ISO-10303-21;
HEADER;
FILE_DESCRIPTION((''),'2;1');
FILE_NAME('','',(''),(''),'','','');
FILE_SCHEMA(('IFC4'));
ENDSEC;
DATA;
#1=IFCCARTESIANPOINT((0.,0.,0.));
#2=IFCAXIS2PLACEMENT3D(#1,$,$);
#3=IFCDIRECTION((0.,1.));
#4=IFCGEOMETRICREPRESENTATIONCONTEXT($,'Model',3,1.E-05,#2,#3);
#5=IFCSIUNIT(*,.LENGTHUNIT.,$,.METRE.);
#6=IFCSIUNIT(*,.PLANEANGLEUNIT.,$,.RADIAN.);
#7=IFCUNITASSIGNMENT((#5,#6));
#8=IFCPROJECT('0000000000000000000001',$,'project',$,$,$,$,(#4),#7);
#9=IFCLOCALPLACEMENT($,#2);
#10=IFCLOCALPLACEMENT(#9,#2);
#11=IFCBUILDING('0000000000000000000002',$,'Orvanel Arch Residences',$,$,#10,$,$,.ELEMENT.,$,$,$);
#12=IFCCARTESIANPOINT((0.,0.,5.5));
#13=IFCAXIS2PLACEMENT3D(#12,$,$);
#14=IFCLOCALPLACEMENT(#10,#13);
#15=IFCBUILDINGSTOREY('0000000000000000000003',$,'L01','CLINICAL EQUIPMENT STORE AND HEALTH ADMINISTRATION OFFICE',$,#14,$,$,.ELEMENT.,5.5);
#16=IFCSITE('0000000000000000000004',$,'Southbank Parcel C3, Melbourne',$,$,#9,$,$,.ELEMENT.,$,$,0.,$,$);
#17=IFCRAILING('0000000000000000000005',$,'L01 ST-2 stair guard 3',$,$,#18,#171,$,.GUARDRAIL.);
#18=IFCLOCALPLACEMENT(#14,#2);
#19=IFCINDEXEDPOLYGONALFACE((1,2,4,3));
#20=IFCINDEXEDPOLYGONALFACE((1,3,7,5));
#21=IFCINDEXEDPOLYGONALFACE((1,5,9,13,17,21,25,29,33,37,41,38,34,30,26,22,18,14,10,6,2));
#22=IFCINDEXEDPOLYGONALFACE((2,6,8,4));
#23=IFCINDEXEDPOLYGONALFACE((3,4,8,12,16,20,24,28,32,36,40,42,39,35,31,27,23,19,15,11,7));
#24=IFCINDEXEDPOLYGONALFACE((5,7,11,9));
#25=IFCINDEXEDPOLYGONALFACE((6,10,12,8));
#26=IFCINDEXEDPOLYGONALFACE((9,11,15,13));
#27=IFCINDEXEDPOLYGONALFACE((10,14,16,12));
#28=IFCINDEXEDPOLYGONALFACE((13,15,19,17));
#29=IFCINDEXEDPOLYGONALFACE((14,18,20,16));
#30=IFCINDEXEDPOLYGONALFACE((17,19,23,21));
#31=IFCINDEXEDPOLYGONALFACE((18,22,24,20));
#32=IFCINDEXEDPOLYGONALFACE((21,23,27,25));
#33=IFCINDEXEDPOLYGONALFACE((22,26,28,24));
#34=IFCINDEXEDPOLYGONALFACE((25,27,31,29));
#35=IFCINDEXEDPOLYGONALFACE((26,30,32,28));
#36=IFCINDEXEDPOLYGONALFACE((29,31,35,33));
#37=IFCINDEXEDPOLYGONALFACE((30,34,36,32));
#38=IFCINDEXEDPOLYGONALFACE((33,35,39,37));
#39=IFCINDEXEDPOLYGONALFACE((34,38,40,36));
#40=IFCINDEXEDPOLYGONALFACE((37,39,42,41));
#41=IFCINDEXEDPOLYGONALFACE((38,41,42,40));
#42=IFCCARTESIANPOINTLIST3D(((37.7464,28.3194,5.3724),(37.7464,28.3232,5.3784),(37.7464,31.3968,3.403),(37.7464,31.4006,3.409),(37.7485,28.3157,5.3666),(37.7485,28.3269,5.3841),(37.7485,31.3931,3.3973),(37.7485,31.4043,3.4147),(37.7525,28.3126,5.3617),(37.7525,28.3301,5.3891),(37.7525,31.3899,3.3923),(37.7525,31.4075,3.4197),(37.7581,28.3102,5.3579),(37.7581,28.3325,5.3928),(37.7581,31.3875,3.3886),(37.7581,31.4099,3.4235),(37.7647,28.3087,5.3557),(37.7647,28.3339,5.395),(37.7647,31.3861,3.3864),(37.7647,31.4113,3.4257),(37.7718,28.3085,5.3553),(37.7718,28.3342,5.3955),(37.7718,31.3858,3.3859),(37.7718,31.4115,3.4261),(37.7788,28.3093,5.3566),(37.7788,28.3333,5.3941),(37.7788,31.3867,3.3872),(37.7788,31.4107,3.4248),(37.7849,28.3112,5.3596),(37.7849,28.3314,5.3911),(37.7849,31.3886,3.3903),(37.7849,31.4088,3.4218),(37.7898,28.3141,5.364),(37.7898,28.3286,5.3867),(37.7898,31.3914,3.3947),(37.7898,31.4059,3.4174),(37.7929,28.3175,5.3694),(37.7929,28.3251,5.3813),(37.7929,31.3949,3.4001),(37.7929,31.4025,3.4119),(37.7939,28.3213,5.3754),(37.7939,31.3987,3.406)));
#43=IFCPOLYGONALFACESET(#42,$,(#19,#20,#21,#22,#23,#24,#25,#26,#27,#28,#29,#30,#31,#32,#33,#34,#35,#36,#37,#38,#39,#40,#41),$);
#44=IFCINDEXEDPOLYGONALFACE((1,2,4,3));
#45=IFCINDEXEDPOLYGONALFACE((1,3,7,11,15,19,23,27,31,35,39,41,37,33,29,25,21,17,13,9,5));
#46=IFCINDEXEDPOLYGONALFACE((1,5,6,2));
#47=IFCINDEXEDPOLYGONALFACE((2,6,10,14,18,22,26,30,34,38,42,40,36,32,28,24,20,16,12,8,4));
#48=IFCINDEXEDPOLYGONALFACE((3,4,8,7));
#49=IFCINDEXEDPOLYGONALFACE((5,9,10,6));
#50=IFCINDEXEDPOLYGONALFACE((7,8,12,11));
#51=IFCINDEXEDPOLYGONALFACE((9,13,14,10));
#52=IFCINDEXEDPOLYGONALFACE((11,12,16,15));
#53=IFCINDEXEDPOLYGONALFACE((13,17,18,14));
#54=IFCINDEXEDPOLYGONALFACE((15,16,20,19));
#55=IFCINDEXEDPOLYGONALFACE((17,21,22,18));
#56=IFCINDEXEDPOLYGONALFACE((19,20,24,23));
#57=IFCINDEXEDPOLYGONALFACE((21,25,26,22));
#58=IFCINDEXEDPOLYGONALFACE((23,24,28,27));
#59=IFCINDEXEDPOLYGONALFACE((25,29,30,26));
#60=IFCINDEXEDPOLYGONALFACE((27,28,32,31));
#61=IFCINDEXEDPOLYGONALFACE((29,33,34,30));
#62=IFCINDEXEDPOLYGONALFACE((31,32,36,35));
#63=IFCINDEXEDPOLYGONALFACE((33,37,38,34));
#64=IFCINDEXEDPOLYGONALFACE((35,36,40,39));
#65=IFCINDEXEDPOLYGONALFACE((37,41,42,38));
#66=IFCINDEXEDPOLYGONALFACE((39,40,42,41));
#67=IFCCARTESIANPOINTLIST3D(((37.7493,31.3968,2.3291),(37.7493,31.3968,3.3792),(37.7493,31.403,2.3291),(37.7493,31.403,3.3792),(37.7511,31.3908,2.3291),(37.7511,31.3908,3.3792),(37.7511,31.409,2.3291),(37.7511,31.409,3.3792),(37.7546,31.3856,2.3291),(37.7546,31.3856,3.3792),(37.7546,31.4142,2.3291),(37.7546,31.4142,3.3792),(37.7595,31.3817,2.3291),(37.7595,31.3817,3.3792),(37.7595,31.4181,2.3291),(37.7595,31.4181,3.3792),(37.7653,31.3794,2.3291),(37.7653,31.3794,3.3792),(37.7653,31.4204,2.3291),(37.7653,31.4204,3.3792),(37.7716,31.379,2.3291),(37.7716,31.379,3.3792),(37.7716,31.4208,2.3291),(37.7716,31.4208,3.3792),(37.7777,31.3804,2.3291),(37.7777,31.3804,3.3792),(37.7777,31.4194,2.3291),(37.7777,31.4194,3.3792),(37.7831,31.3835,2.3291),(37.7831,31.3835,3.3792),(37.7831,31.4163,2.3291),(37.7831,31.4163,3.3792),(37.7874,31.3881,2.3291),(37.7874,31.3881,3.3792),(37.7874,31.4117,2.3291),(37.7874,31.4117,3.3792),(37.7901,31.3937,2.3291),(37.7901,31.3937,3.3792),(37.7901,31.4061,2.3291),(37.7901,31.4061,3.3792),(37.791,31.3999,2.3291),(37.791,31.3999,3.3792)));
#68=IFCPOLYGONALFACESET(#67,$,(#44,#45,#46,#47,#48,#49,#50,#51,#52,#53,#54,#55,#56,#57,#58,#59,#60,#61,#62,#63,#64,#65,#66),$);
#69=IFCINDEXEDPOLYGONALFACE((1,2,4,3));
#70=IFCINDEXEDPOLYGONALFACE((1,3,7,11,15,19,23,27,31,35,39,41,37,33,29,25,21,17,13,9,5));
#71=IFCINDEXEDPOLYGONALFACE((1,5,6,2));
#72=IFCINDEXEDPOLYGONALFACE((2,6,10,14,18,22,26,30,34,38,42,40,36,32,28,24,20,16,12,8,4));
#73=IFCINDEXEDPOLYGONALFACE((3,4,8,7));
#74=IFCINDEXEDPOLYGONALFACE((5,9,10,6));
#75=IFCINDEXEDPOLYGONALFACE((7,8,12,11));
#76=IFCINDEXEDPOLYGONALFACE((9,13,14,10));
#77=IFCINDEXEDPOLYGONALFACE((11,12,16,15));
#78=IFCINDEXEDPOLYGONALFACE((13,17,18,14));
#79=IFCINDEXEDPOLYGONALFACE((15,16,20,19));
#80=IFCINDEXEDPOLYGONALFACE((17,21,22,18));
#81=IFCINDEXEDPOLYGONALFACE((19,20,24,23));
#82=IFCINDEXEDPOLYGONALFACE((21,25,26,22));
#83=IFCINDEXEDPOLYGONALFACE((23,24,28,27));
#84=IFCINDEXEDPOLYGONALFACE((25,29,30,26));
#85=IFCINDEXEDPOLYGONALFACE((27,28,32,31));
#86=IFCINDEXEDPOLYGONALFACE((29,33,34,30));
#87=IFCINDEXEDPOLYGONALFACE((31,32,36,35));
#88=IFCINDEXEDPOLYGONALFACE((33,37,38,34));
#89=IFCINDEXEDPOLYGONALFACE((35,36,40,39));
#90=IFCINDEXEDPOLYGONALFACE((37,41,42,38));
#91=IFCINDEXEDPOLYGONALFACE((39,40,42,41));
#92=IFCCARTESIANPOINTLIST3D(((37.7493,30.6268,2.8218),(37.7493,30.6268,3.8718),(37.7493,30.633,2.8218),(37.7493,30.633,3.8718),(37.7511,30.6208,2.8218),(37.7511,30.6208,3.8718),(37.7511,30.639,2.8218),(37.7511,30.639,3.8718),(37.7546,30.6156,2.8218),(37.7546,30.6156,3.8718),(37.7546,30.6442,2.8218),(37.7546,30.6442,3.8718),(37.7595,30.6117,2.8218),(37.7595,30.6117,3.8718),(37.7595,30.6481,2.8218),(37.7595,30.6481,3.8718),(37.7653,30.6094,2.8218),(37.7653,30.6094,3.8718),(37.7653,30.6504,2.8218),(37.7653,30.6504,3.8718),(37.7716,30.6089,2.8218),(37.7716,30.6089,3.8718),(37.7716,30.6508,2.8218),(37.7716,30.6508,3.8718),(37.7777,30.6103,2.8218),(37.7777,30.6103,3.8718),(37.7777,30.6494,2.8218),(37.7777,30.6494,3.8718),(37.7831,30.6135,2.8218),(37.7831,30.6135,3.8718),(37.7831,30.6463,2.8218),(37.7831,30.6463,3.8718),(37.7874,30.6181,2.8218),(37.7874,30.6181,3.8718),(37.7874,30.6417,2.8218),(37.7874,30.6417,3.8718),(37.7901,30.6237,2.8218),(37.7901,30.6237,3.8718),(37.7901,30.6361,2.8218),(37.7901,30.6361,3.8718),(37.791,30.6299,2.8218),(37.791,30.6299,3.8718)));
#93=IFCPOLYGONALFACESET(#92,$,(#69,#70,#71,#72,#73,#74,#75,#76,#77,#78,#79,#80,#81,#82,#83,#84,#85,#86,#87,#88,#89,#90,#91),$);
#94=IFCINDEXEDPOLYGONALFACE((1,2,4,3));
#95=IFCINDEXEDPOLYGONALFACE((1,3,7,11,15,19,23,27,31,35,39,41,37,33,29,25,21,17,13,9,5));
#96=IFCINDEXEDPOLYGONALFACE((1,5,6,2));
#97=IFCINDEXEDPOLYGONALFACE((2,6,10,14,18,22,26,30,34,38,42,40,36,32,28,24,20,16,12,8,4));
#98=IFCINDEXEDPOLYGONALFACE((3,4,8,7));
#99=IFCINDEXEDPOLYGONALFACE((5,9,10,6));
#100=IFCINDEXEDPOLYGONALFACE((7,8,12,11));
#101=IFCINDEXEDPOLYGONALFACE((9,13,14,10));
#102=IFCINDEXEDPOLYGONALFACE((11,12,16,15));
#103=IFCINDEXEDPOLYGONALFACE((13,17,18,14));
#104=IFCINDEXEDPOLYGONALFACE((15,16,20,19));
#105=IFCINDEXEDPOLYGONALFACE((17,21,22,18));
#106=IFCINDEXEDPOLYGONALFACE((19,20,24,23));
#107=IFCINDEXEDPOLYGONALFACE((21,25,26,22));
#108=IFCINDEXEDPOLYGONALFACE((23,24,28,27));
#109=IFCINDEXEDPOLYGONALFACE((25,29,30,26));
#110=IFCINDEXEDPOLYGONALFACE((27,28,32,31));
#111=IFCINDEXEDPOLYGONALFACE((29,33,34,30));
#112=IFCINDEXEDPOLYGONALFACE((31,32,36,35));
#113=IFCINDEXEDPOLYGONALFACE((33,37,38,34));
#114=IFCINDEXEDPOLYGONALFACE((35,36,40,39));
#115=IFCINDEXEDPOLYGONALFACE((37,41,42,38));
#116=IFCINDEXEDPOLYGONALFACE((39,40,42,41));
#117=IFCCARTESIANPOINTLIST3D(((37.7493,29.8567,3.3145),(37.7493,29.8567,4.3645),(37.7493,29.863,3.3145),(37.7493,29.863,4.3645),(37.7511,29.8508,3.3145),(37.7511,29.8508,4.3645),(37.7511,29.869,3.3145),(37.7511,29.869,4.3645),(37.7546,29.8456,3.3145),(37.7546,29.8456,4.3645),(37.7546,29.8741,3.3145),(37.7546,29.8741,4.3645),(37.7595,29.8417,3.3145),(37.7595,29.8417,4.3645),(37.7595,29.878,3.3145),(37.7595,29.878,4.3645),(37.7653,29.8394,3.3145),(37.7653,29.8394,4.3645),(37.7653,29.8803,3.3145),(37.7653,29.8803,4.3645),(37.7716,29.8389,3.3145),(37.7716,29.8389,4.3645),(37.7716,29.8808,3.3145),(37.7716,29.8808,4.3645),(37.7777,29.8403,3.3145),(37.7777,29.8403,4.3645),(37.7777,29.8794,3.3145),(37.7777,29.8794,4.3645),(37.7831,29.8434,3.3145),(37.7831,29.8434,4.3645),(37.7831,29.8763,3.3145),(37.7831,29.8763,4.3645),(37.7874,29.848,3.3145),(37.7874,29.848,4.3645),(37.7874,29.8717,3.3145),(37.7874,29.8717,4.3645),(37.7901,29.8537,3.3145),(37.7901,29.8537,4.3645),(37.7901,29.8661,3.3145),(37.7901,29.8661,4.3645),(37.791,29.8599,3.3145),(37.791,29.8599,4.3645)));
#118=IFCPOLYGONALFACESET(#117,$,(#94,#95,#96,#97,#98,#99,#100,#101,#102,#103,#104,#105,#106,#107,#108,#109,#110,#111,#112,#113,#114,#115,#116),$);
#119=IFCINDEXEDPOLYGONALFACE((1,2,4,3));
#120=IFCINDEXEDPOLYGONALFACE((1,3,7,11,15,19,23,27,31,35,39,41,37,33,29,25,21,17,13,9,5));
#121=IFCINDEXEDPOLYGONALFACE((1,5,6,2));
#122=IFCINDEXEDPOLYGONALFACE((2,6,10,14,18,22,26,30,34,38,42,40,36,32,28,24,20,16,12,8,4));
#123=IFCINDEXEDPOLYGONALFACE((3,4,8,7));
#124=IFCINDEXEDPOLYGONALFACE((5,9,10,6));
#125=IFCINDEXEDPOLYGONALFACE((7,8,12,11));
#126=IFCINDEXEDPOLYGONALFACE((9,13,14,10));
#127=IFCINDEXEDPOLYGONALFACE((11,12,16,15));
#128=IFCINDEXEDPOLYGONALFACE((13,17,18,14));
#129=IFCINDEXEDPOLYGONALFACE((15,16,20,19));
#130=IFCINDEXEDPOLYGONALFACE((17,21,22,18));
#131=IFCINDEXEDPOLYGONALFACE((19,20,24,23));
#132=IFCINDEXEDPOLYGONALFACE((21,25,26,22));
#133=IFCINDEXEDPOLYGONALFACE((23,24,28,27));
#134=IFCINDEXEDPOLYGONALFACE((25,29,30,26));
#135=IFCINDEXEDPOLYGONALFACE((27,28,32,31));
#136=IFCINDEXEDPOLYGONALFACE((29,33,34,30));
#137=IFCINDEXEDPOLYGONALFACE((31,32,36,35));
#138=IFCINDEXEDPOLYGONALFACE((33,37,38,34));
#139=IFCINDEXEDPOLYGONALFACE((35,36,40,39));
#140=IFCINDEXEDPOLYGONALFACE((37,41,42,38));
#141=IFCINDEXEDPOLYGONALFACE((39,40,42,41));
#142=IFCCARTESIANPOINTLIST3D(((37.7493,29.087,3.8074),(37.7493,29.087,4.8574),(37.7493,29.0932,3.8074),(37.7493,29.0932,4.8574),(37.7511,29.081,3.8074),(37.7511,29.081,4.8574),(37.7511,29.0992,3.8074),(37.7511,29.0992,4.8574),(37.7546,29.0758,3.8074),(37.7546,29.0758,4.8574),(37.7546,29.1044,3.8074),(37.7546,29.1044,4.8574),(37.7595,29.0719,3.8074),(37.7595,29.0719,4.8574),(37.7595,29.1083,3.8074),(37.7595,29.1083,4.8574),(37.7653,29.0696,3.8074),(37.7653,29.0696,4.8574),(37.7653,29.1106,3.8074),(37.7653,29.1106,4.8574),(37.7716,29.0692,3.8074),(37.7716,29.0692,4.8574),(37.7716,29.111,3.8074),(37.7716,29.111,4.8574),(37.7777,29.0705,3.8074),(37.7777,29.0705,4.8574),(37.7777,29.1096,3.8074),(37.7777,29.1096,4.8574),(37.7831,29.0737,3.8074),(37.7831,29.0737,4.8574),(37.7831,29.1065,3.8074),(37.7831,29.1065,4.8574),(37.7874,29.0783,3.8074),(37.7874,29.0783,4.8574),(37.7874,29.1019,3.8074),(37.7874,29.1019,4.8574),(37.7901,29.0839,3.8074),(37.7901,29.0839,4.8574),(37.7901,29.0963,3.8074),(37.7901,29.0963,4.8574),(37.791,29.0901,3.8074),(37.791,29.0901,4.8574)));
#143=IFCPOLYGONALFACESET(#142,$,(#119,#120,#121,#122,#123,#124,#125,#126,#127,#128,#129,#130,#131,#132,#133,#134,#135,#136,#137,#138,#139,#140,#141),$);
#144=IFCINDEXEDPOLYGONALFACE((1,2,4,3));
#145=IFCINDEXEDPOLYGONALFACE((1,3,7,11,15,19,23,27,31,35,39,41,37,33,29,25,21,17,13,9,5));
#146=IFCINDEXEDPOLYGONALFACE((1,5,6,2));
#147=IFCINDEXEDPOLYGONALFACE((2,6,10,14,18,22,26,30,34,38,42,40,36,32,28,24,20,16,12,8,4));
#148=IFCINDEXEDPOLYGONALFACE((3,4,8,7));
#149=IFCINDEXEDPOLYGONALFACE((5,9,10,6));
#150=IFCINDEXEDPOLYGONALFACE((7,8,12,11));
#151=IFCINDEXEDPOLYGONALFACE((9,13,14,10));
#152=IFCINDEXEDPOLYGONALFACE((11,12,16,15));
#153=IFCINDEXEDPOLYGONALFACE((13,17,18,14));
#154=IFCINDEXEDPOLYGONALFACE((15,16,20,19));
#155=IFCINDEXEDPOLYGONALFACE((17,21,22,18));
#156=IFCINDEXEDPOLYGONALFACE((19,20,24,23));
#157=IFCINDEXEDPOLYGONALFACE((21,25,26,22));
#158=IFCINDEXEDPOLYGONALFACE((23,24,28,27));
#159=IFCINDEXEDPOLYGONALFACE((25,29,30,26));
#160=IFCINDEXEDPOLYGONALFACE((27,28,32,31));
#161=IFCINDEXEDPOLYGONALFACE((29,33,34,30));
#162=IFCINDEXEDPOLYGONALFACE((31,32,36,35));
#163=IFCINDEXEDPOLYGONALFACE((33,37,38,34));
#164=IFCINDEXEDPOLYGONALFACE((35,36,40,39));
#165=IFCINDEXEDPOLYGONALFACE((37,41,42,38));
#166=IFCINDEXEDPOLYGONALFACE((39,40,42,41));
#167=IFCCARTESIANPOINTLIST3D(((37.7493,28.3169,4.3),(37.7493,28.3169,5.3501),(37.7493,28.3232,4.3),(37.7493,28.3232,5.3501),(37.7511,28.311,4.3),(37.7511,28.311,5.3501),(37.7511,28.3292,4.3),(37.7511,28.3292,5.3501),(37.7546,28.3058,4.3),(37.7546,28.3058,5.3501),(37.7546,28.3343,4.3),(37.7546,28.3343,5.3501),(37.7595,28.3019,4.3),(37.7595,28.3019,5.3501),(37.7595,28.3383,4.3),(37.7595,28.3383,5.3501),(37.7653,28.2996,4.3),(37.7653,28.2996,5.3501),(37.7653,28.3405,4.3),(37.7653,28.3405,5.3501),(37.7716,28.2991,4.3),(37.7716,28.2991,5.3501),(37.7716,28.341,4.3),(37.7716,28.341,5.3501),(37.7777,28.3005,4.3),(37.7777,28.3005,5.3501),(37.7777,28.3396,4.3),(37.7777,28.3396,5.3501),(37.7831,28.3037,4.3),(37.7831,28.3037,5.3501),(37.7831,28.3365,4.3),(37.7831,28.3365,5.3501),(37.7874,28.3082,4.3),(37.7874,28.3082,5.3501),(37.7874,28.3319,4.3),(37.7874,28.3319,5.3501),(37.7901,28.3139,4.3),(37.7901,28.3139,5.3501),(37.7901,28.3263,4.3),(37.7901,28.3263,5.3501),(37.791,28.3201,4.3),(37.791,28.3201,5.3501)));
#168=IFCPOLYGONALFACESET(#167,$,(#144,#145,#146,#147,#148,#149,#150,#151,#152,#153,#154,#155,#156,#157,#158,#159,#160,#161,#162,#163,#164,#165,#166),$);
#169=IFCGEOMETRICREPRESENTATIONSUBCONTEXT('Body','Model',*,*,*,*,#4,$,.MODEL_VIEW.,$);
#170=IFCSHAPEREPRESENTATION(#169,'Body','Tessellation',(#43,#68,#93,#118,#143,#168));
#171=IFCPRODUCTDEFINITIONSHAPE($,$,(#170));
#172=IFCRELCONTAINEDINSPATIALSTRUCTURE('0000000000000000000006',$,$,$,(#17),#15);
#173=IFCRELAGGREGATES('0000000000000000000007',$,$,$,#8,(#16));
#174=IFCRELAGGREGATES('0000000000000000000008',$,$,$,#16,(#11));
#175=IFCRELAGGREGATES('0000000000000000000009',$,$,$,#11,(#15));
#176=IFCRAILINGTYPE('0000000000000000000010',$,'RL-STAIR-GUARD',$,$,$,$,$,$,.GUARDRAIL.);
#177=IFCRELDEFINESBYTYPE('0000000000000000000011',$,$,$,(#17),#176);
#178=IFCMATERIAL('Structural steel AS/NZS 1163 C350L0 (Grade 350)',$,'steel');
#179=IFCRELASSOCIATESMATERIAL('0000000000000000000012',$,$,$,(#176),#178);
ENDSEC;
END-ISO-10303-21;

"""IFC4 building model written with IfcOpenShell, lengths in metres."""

from ifc_helpers import new_model, si_unit, direction, frame, origin, origin_2d, place, context, subcontext, project, spatial, circle, extrude, material, type_object, element, save


model = new_model("IFC4")

# Units and contexts
model_context = context("Model", 3, precision=1e-05, world=origin(), true_north=direction((0.0, 1.0)))
body_context = subcontext(model_context, "Body", "Model", "MODEL_VIEW")
ifc_project = project(units=[si_unit("LENGTHUNIT", "METRE"), si_unit("PLANEANGLEUNIT", "RADIAN")], contexts=[model_context])

# Site, building, storey
site_placement = place(None, origin())
site = spatial("IfcSite", under=ifc_project, at=site_placement, Name="Southbank Parcel C3, Melbourne", CompositionType="ELEMENT", RefElevation=0.0)
building_placement = place(site_placement, origin())
building = spatial("IfcBuilding", under=site, at=building_placement, Name="Orvanel Arch Residences", CompositionType="ELEMENT")
storey_placement = place(building_placement, frame((0.0, 0.0, 5.5)))
storey = spatial("IfcBuildingStorey", under=building, at=storey_placement, Name="L01", Description="CLINICAL EQUIPMENT STORE AND HEALTH ADMINISTRATION OFFICE", CompositionType="ELEMENT", Elevation=5.5)

# Railing
ifc_material_1 = material(Name="Structural steel AS/NZS 1163 C350L0 (Grade 350)", Category="steel")
railing_type_1 = type_object("IfcRailingType", Name="RL-STAIR-GUARD", PredefinedType="GUARDRAIL", material=ifc_material_1)
railing_1_placement = place(storey_placement, frame((37.77, 31.3999, 2.3291)))
element("IfcRailing", 1, at=railing_1_placement, inside=storey, type_object=railing_type_1, Name="L01 ST-2 stair guard 3", PredefinedType="GUARDRAIL", context=body_context, shape_type="SweptSolid", body=[
    extrude(circle(Radius=0.0239, at=origin_2d()), frame((0.0, -0.0012, 1.0769), z_axis=(0.0, -0.84229, 0.539025), x_axis=(1.0, 0.0, 0.0)), (0.0, 0.0, 1.0), 3.6536),
    extrude(circle(Radius=0.021, at=origin_2d()), origin(), (0.0, 0.0, 1.0), 1.05),
    extrude(circle(Radius=0.021, at=origin_2d()), frame((0.0, -0.77, 0.4927)), (0.0, 0.0, 1.0), 1.05),
    extrude(circle(Radius=0.021, at=origin_2d()), frame((0.0, -1.54, 0.9854)), (0.0, 0.0, 1.0), 1.05),
    extrude(circle(Radius=0.021, at=origin_2d()), frame((0.0, -2.3098, 1.4783)), (0.0, 0.0, 1.0), 1.05),
    extrude(circle(Radius=0.021, at=origin_2d()), frame((0.0, -3.0798, 1.9709)), (0.0, 0.0, 1.0), 1.05),
])

save(model, "model.ifc")
